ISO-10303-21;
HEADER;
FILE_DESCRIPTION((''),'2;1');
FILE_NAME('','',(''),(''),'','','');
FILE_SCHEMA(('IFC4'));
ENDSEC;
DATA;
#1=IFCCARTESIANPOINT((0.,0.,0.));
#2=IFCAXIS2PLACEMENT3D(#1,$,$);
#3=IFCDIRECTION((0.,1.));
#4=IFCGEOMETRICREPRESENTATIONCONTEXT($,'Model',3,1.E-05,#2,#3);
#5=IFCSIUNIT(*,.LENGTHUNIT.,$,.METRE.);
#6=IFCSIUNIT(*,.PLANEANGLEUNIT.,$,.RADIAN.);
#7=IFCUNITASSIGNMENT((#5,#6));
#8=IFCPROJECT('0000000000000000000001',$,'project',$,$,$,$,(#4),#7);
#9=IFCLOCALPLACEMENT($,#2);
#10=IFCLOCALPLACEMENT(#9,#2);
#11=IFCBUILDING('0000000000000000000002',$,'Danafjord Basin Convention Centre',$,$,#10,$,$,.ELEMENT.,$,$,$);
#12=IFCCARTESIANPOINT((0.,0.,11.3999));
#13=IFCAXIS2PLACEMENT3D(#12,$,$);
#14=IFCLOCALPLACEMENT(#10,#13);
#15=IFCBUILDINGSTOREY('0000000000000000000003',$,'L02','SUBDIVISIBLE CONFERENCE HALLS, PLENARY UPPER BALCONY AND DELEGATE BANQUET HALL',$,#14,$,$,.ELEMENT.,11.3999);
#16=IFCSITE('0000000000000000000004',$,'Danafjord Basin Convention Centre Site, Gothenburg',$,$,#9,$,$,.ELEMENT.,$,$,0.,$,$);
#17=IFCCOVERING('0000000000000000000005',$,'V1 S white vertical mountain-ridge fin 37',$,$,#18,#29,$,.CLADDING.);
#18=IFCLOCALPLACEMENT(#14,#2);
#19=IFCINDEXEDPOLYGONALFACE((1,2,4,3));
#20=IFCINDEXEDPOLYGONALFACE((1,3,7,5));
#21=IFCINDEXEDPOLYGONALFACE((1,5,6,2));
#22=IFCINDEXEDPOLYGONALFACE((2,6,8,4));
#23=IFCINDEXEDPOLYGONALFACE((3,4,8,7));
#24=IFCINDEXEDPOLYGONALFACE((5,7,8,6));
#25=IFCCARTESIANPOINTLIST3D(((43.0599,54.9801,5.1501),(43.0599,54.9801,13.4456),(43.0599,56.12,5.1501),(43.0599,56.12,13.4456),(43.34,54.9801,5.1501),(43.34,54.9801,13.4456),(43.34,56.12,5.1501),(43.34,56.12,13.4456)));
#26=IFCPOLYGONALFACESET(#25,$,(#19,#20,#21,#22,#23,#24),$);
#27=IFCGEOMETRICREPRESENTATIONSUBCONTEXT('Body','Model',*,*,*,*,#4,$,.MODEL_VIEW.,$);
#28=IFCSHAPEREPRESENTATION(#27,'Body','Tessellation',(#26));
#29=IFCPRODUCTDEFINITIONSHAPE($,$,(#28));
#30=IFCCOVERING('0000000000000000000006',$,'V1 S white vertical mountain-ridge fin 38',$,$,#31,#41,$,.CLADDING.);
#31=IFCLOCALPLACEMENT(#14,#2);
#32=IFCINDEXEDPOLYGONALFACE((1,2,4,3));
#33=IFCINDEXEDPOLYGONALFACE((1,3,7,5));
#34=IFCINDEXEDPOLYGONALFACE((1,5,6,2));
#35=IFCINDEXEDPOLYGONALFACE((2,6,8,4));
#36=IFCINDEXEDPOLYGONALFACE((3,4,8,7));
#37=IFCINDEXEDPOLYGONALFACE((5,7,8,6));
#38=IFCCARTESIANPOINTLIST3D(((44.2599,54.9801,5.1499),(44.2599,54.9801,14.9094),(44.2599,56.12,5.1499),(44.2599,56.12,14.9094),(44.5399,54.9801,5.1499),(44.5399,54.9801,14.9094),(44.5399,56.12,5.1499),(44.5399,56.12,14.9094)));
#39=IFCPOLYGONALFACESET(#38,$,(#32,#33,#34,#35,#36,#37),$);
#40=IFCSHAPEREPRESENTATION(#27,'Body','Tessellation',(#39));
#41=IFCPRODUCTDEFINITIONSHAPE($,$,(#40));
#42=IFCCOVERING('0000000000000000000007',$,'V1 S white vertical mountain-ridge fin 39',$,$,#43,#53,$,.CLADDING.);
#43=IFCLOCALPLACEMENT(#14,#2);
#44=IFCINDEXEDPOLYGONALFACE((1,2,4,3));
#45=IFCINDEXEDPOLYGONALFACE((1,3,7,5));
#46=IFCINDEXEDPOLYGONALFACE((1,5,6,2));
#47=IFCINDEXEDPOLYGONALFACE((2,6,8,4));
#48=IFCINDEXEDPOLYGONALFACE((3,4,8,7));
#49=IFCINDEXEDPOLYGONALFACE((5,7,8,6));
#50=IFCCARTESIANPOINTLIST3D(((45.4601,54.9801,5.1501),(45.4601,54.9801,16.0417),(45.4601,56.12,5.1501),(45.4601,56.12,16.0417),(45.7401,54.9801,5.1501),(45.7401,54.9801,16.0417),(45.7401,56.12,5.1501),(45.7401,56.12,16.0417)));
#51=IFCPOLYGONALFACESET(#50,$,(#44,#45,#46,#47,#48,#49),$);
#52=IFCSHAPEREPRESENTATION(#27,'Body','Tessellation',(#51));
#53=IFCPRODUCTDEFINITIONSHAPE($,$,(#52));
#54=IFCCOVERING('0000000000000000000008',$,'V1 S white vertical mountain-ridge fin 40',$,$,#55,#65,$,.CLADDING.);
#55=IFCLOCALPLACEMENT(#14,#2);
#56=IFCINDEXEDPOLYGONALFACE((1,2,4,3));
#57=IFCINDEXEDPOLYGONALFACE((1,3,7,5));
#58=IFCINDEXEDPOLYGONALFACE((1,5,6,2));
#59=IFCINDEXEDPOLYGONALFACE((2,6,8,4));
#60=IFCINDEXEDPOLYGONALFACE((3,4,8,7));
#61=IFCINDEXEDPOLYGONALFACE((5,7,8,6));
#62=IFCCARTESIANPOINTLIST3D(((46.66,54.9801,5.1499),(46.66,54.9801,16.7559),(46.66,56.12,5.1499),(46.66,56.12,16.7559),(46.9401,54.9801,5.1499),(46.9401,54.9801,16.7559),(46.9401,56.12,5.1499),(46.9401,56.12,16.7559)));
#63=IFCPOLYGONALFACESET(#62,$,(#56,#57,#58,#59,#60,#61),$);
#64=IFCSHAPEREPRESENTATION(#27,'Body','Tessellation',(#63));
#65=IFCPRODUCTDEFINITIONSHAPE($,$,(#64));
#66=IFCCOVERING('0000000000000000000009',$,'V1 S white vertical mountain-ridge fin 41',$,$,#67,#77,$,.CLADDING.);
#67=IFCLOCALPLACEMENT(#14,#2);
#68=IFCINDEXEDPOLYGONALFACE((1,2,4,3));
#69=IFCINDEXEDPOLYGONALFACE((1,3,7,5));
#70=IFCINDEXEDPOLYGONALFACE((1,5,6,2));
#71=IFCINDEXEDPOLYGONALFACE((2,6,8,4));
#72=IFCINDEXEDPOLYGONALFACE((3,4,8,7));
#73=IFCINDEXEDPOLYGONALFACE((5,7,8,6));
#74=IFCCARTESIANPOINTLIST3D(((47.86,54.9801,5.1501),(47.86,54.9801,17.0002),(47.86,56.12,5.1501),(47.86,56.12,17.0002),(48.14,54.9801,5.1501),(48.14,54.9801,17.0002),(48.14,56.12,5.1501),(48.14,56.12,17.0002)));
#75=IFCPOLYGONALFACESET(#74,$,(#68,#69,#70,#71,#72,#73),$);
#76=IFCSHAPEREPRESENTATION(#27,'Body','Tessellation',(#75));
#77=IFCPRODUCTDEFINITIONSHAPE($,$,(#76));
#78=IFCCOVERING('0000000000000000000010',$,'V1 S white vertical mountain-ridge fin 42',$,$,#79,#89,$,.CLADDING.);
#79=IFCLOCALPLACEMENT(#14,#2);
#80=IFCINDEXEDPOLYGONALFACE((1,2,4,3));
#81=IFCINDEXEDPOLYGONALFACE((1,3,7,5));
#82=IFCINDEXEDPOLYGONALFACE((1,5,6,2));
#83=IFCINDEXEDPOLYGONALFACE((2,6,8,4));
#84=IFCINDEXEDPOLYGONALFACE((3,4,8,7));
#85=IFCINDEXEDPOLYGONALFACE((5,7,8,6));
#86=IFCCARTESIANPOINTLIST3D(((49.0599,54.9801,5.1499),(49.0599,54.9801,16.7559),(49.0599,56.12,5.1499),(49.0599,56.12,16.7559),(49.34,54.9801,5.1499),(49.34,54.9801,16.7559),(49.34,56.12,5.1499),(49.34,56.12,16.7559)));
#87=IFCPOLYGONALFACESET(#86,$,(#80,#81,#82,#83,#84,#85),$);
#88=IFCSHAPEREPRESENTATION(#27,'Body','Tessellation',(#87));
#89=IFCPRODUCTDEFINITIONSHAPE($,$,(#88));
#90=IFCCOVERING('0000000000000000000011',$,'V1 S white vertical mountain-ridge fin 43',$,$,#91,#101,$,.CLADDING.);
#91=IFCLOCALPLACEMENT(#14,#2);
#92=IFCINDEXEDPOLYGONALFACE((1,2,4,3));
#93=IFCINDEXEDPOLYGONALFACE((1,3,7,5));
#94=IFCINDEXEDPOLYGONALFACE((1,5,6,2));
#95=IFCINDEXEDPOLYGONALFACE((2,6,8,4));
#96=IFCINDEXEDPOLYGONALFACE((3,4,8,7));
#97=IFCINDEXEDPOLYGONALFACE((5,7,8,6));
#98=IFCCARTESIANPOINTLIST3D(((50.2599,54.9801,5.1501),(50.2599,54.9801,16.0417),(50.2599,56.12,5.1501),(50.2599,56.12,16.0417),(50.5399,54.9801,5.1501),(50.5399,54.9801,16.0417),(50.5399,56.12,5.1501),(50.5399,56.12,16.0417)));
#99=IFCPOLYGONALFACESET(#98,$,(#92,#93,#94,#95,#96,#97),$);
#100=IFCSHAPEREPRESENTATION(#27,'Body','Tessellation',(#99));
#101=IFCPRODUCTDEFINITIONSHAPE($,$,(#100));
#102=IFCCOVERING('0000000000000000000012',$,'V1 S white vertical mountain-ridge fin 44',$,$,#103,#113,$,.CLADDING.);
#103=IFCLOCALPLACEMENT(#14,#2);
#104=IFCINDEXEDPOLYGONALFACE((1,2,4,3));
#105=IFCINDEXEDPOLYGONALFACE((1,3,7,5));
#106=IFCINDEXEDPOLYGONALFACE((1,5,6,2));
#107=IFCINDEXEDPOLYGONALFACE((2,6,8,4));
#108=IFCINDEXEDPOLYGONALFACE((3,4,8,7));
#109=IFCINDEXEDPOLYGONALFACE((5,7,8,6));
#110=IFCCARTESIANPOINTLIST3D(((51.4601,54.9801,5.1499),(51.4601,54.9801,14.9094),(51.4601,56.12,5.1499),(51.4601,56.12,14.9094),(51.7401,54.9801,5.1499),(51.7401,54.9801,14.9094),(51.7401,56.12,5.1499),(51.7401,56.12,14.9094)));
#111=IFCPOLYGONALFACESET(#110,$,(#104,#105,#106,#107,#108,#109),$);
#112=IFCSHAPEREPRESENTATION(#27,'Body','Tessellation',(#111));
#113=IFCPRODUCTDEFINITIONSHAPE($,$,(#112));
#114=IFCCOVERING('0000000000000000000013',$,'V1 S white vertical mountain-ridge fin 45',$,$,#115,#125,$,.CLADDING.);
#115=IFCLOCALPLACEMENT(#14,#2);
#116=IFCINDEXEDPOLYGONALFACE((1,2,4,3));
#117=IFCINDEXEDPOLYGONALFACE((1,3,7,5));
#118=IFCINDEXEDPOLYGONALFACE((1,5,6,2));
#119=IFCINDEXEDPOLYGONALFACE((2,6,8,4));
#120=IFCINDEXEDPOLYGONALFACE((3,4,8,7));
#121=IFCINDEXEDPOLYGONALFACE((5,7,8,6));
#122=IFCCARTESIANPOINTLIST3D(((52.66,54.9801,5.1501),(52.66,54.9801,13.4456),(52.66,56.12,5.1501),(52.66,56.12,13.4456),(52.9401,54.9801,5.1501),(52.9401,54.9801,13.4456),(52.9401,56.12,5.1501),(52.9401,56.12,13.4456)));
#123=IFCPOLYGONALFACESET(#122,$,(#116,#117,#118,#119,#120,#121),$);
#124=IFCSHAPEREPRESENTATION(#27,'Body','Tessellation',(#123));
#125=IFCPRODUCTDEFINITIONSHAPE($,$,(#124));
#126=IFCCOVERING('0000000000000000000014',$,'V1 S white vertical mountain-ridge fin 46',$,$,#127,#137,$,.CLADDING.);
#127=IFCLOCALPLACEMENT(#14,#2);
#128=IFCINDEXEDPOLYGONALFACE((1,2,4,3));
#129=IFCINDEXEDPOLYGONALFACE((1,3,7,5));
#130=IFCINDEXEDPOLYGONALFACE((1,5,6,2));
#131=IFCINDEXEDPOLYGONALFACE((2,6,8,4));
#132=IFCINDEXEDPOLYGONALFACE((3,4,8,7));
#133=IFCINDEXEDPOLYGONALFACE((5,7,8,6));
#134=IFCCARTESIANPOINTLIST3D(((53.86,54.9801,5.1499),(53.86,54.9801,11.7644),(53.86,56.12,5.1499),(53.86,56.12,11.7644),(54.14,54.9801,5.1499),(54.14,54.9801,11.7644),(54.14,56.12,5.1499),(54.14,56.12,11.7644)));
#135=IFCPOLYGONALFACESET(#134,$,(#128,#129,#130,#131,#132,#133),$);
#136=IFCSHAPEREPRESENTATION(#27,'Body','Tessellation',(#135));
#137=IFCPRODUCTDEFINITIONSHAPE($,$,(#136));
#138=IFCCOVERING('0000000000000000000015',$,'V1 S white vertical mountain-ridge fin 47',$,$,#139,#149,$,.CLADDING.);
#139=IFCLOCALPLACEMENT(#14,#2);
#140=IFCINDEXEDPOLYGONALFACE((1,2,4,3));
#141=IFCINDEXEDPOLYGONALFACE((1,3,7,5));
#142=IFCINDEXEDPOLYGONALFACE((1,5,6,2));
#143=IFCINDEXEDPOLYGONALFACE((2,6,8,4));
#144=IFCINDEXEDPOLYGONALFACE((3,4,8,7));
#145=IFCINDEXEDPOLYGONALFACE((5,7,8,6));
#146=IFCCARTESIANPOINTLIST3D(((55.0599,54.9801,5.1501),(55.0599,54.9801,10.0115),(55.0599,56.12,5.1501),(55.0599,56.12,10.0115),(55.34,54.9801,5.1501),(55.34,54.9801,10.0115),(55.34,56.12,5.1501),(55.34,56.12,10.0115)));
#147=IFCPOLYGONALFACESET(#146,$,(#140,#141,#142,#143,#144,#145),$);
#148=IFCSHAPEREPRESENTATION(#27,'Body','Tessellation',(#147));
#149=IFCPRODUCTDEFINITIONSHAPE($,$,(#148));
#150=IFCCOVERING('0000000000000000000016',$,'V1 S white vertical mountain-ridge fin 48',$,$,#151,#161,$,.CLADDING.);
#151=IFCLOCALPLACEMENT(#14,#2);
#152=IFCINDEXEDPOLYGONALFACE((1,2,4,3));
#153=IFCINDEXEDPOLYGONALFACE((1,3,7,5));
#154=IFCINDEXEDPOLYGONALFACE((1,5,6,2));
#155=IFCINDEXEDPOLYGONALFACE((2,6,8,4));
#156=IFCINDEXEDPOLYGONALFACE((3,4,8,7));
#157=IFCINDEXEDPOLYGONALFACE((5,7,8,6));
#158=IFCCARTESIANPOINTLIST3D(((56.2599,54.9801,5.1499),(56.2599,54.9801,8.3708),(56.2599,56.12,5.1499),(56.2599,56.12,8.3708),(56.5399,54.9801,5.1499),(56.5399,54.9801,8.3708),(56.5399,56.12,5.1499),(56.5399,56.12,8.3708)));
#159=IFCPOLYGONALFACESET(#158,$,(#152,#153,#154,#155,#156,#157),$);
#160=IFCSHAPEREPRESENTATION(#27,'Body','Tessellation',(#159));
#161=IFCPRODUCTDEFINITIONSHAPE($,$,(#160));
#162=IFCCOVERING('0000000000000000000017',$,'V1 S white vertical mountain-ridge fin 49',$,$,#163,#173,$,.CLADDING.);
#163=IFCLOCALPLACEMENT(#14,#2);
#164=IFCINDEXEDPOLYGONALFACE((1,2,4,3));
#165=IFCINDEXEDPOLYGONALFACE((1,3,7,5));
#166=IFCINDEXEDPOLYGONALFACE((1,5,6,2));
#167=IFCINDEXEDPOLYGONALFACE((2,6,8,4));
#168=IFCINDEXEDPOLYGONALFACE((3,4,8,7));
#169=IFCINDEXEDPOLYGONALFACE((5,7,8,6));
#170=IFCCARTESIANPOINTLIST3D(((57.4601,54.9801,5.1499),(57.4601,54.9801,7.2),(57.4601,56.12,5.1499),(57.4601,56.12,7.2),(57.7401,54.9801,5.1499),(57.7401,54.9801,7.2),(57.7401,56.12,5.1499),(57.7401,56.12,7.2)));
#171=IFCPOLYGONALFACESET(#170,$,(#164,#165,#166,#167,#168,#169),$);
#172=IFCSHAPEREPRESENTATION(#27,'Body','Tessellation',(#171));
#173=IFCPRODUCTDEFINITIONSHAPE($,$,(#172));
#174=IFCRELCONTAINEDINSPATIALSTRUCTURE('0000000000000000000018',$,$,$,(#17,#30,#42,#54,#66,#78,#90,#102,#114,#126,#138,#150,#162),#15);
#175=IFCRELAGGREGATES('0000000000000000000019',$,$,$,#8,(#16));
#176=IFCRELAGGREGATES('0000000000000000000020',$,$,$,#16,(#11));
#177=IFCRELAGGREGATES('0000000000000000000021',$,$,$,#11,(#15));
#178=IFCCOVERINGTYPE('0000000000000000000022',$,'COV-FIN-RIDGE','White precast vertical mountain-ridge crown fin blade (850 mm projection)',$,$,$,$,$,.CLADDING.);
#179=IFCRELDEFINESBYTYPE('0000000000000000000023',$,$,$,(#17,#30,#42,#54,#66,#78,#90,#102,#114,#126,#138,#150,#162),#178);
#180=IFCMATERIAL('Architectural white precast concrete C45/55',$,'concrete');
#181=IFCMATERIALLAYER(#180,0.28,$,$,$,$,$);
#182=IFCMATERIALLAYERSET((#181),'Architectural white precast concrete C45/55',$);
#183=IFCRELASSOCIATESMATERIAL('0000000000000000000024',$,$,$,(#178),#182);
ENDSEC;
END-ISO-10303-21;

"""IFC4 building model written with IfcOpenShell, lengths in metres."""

from ifc_helpers import new_model, si_unit, direction, frame, origin, origin_2d, place, context, subcontext, project, spatial, rectangle, extrude, material, layer, layer_set, type_object, element, save


model = new_model("IFC4")

# Units and contexts
model_context = context("Model", 3, precision=1e-05, world=origin(), true_north=direction((0.0, 1.0)))
body_context = subcontext(model_context, "Body", "Model", "MODEL_VIEW")
ifc_project = project(units=[si_unit("LENGTHUNIT", "METRE"), si_unit("PLANEANGLEUNIT", "RADIAN")], contexts=[model_context])

# Site, building, storey
site_placement = place(None, origin())
site = spatial("IfcSite", under=ifc_project, at=site_placement, Name="Danafjord Basin Convention Centre Site, Gothenburg", CompositionType="ELEMENT", RefElevation=0.0)
building_placement = place(site_placement, origin())
building = spatial("IfcBuilding", under=site, at=building_placement, Name="Danafjord Basin Convention Centre", CompositionType="ELEMENT")
storey_placement = place(building_placement, frame((0.0, 0.0, 11.3999)))
storey = spatial("IfcBuildingStorey", under=building, at=storey_placement, Name="L02", Description="SUBDIVISIBLE CONFERENCE HALLS, PLENARY UPPER BALCONY AND DELEGATE BANQUET HALL", CompositionType="ELEMENT", Elevation=11.3999)

# Coverings
ifc_material_1 = material(Name="Architectural white precast concrete C45/55", Category="concrete")
ifc_layer_1 = layer(ifc_material_1, 0.28)
ifc_layer_set_1 = layer_set([ifc_layer_1], Name="Architectural white precast concrete C45/55")
covering_type_1 = type_object("IfcCoveringType", Name="COV-FIN-RIDGE", Description="White precast vertical mountain-ridge crown fin blade (850 mm projection)", PredefinedType="CLADDING", material=ifc_layer_set_1)
covering_1_placement = place(storey_placement, frame((43.2, 55.55, 5.1501), z_axis=(0.0, 0.0, 1.0), x_axis=(0.0, 1.0, 0.0)))
element("IfcCovering", 1, at=covering_1_placement, inside=storey, type_object=covering_type_1, Name="V1 S white vertical mountain-ridge fin 37", PredefinedType="CLADDING", context=body_context, shape_type="SweptSolid", body=[
    extrude(rectangle(XDim=1.1399, YDim=0.28, at=origin_2d()), origin(), (0.0, 0.0, 1.0), 8.2954),
])
covering_2_placement = place(storey_placement, frame((44.3999, 55.55, 5.1499), z_axis=(0.0, 0.0, 1.0), x_axis=(0.0, 1.0, 0.0)))
element("IfcCovering", 2, at=covering_2_placement, inside=storey, type_object=covering_type_1, Name="V1 S white vertical mountain-ridge fin 38", PredefinedType="CLADDING", context=body_context, shape_type="SweptSolid", body=[
    extrude(rectangle(XDim=1.1399, YDim=0.28, at=origin_2d()), origin(), (0.0, 0.0, 1.0), 9.7595),
])
covering_3_placement = place(storey_placement, frame((45.6001, 55.55, 5.1501), z_axis=(0.0, 0.0, 1.0), x_axis=(0.0, 1.0, 0.0)))
element("IfcCovering", 3, at=covering_3_placement, inside=storey, type_object=covering_type_1, Name="V1 S white vertical mountain-ridge fin 39", PredefinedType="CLADDING", context=body_context, shape_type="SweptSolid", body=[
    extrude(rectangle(XDim=1.1399, YDim=0.28, at=origin_2d()), origin(), (0.0, 0.0, 1.0), 10.8916),
])
covering_4_placement = place(storey_placement, frame((46.8, 55.55, 5.1499), z_axis=(0.0, 0.0, 1.0), x_axis=(0.0, 1.0, 0.0)))
element("IfcCovering", 4, at=covering_4_placement, inside=storey, type_object=covering_type_1, Name="V1 S white vertical mountain-ridge fin 40", PredefinedType="CLADDING", context=body_context, shape_type="SweptSolid", body=[
    extrude(rectangle(XDim=1.1399, YDim=0.28, at=origin_2d()), origin(), (0.0, 0.0, 1.0), 11.606),
])
covering_5_placement = place(storey_placement, frame((48.0, 55.55, 5.1501), z_axis=(0.0, 0.0, 1.0), x_axis=(0.0, 1.0, 0.0)))
element("IfcCovering", 5, at=covering_5_placement, inside=storey, type_object=covering_type_1, Name="V1 S white vertical mountain-ridge fin 41", PredefinedType="CLADDING", context=body_context, shape_type="SweptSolid", body=[
    extrude(rectangle(XDim=1.1399, YDim=0.28, at=origin_2d()), origin(), (0.0, 0.0, 1.0), 11.8501),
])
covering_6_placement = place(storey_placement, frame((49.2, 55.55, 5.1499), z_axis=(0.0, 0.0, 1.0), x_axis=(0.0, 1.0, 0.0)))
element("IfcCovering", 6, at=covering_6_placement, inside=storey, type_object=covering_type_1, Name="V1 S white vertical mountain-ridge fin 42", PredefinedType="CLADDING", context=body_context, shape_type="SweptSolid", body=[
    extrude(rectangle(XDim=1.1399, YDim=0.28, at=origin_2d()), origin(), (0.0, 0.0, 1.0), 11.606),
])
covering_7_placement = place(storey_placement, frame((50.3999, 55.55, 5.1501), z_axis=(0.0, 0.0, 1.0), x_axis=(0.0, 1.0, 0.0)))
element("IfcCovering", 7, at=covering_7_placement, inside=storey, type_object=covering_type_1, Name="V1 S white vertical mountain-ridge fin 43", PredefinedType="CLADDING", context=body_context, shape_type="SweptSolid", body=[
    extrude(rectangle(XDim=1.1399, YDim=0.28, at=origin_2d()), origin(), (0.0, 0.0, 1.0), 10.8916),
])
covering_8_placement = place(storey_placement, frame((51.6001, 55.55, 5.1499), z_axis=(0.0, 0.0, 1.0), x_axis=(0.0, 1.0, 0.0)))
element("IfcCovering", 8, at=covering_8_placement, inside=storey, type_object=covering_type_1, Name="V1 S white vertical mountain-ridge fin 44", PredefinedType="CLADDING", context=body_context, shape_type="SweptSolid", body=[
    extrude(rectangle(XDim=1.1399, YDim=0.28, at=origin_2d()), origin(), (0.0, 0.0, 1.0), 9.7595),
])
covering_9_placement = place(storey_placement, frame((52.8, 55.55, 5.1501), z_axis=(0.0, 0.0, 1.0), x_axis=(0.0, 1.0, 0.0)))
element("IfcCovering", 9, at=covering_9_placement, inside=storey, type_object=covering_type_1, Name="V1 S white vertical mountain-ridge fin 45", PredefinedType="CLADDING", context=body_context, shape_type="SweptSolid", body=[
    extrude(rectangle(XDim=1.1399, YDim=0.28, at=origin_2d()), origin(), (0.0, 0.0, 1.0), 8.2954),
])
covering_10_placement = place(storey_placement, frame((54.0, 55.55, 5.1499), z_axis=(0.0, 0.0, 1.0), x_axis=(0.0, 1.0, 0.0)))
element("IfcCovering", 10, at=covering_10_placement, inside=storey, type_object=covering_type_1, Name="V1 S white vertical mountain-ridge fin 46", PredefinedType="CLADDING", context=body_context, shape_type="SweptSolid", body=[
    extrude(rectangle(XDim=1.1399, YDim=0.28, at=origin_2d()), origin(), (0.0, 0.0, 1.0), 6.6145),
])
covering_11_placement = place(storey_placement, frame((55.2, 55.55, 5.1501), z_axis=(0.0, 0.0, 1.0), x_axis=(0.0, 1.0, 0.0)))
element("IfcCovering", 11, at=covering_11_placement, inside=storey, type_object=covering_type_1, Name="V1 S white vertical mountain-ridge fin 47", PredefinedType="CLADDING", context=body_context, shape_type="SweptSolid", body=[
    extrude(rectangle(XDim=1.1399, YDim=0.28, at=origin_2d()), origin(), (0.0, 0.0, 1.0), 4.8613),
])
covering_12_placement = place(storey_placement, frame((56.3999, 55.55, 5.1499), z_axis=(0.0, 0.0, 1.0), x_axis=(0.0, 1.0, 0.0)))
element("IfcCovering", 12, at=covering_12_placement, inside=storey, type_object=covering_type_1, Name="V1 S white vertical mountain-ridge fin 48", PredefinedType="CLADDING", context=body_context, shape_type="SweptSolid", body=[
    extrude(rectangle(XDim=1.1399, YDim=0.28, at=origin_2d()), origin(), (0.0, 0.0, 1.0), 3.2209),
])
covering_13_placement = place(storey_placement, frame((57.6001, 55.55, 5.1499), z_axis=(0.0, 0.0, 1.0), x_axis=(0.0, 1.0, 0.0)))
element("IfcCovering", 13, at=covering_13_placement, inside=storey, type_object=covering_type_1, Name="V1 S white vertical mountain-ridge fin 49", PredefinedType="CLADDING", context=body_context, shape_type="SweptSolid", body=[
    extrude(rectangle(XDim=1.1399, YDim=0.28, at=origin_2d()), origin(), (0.0, 0.0, 1.0), 2.05),
])

save(model, "model.ifc")
